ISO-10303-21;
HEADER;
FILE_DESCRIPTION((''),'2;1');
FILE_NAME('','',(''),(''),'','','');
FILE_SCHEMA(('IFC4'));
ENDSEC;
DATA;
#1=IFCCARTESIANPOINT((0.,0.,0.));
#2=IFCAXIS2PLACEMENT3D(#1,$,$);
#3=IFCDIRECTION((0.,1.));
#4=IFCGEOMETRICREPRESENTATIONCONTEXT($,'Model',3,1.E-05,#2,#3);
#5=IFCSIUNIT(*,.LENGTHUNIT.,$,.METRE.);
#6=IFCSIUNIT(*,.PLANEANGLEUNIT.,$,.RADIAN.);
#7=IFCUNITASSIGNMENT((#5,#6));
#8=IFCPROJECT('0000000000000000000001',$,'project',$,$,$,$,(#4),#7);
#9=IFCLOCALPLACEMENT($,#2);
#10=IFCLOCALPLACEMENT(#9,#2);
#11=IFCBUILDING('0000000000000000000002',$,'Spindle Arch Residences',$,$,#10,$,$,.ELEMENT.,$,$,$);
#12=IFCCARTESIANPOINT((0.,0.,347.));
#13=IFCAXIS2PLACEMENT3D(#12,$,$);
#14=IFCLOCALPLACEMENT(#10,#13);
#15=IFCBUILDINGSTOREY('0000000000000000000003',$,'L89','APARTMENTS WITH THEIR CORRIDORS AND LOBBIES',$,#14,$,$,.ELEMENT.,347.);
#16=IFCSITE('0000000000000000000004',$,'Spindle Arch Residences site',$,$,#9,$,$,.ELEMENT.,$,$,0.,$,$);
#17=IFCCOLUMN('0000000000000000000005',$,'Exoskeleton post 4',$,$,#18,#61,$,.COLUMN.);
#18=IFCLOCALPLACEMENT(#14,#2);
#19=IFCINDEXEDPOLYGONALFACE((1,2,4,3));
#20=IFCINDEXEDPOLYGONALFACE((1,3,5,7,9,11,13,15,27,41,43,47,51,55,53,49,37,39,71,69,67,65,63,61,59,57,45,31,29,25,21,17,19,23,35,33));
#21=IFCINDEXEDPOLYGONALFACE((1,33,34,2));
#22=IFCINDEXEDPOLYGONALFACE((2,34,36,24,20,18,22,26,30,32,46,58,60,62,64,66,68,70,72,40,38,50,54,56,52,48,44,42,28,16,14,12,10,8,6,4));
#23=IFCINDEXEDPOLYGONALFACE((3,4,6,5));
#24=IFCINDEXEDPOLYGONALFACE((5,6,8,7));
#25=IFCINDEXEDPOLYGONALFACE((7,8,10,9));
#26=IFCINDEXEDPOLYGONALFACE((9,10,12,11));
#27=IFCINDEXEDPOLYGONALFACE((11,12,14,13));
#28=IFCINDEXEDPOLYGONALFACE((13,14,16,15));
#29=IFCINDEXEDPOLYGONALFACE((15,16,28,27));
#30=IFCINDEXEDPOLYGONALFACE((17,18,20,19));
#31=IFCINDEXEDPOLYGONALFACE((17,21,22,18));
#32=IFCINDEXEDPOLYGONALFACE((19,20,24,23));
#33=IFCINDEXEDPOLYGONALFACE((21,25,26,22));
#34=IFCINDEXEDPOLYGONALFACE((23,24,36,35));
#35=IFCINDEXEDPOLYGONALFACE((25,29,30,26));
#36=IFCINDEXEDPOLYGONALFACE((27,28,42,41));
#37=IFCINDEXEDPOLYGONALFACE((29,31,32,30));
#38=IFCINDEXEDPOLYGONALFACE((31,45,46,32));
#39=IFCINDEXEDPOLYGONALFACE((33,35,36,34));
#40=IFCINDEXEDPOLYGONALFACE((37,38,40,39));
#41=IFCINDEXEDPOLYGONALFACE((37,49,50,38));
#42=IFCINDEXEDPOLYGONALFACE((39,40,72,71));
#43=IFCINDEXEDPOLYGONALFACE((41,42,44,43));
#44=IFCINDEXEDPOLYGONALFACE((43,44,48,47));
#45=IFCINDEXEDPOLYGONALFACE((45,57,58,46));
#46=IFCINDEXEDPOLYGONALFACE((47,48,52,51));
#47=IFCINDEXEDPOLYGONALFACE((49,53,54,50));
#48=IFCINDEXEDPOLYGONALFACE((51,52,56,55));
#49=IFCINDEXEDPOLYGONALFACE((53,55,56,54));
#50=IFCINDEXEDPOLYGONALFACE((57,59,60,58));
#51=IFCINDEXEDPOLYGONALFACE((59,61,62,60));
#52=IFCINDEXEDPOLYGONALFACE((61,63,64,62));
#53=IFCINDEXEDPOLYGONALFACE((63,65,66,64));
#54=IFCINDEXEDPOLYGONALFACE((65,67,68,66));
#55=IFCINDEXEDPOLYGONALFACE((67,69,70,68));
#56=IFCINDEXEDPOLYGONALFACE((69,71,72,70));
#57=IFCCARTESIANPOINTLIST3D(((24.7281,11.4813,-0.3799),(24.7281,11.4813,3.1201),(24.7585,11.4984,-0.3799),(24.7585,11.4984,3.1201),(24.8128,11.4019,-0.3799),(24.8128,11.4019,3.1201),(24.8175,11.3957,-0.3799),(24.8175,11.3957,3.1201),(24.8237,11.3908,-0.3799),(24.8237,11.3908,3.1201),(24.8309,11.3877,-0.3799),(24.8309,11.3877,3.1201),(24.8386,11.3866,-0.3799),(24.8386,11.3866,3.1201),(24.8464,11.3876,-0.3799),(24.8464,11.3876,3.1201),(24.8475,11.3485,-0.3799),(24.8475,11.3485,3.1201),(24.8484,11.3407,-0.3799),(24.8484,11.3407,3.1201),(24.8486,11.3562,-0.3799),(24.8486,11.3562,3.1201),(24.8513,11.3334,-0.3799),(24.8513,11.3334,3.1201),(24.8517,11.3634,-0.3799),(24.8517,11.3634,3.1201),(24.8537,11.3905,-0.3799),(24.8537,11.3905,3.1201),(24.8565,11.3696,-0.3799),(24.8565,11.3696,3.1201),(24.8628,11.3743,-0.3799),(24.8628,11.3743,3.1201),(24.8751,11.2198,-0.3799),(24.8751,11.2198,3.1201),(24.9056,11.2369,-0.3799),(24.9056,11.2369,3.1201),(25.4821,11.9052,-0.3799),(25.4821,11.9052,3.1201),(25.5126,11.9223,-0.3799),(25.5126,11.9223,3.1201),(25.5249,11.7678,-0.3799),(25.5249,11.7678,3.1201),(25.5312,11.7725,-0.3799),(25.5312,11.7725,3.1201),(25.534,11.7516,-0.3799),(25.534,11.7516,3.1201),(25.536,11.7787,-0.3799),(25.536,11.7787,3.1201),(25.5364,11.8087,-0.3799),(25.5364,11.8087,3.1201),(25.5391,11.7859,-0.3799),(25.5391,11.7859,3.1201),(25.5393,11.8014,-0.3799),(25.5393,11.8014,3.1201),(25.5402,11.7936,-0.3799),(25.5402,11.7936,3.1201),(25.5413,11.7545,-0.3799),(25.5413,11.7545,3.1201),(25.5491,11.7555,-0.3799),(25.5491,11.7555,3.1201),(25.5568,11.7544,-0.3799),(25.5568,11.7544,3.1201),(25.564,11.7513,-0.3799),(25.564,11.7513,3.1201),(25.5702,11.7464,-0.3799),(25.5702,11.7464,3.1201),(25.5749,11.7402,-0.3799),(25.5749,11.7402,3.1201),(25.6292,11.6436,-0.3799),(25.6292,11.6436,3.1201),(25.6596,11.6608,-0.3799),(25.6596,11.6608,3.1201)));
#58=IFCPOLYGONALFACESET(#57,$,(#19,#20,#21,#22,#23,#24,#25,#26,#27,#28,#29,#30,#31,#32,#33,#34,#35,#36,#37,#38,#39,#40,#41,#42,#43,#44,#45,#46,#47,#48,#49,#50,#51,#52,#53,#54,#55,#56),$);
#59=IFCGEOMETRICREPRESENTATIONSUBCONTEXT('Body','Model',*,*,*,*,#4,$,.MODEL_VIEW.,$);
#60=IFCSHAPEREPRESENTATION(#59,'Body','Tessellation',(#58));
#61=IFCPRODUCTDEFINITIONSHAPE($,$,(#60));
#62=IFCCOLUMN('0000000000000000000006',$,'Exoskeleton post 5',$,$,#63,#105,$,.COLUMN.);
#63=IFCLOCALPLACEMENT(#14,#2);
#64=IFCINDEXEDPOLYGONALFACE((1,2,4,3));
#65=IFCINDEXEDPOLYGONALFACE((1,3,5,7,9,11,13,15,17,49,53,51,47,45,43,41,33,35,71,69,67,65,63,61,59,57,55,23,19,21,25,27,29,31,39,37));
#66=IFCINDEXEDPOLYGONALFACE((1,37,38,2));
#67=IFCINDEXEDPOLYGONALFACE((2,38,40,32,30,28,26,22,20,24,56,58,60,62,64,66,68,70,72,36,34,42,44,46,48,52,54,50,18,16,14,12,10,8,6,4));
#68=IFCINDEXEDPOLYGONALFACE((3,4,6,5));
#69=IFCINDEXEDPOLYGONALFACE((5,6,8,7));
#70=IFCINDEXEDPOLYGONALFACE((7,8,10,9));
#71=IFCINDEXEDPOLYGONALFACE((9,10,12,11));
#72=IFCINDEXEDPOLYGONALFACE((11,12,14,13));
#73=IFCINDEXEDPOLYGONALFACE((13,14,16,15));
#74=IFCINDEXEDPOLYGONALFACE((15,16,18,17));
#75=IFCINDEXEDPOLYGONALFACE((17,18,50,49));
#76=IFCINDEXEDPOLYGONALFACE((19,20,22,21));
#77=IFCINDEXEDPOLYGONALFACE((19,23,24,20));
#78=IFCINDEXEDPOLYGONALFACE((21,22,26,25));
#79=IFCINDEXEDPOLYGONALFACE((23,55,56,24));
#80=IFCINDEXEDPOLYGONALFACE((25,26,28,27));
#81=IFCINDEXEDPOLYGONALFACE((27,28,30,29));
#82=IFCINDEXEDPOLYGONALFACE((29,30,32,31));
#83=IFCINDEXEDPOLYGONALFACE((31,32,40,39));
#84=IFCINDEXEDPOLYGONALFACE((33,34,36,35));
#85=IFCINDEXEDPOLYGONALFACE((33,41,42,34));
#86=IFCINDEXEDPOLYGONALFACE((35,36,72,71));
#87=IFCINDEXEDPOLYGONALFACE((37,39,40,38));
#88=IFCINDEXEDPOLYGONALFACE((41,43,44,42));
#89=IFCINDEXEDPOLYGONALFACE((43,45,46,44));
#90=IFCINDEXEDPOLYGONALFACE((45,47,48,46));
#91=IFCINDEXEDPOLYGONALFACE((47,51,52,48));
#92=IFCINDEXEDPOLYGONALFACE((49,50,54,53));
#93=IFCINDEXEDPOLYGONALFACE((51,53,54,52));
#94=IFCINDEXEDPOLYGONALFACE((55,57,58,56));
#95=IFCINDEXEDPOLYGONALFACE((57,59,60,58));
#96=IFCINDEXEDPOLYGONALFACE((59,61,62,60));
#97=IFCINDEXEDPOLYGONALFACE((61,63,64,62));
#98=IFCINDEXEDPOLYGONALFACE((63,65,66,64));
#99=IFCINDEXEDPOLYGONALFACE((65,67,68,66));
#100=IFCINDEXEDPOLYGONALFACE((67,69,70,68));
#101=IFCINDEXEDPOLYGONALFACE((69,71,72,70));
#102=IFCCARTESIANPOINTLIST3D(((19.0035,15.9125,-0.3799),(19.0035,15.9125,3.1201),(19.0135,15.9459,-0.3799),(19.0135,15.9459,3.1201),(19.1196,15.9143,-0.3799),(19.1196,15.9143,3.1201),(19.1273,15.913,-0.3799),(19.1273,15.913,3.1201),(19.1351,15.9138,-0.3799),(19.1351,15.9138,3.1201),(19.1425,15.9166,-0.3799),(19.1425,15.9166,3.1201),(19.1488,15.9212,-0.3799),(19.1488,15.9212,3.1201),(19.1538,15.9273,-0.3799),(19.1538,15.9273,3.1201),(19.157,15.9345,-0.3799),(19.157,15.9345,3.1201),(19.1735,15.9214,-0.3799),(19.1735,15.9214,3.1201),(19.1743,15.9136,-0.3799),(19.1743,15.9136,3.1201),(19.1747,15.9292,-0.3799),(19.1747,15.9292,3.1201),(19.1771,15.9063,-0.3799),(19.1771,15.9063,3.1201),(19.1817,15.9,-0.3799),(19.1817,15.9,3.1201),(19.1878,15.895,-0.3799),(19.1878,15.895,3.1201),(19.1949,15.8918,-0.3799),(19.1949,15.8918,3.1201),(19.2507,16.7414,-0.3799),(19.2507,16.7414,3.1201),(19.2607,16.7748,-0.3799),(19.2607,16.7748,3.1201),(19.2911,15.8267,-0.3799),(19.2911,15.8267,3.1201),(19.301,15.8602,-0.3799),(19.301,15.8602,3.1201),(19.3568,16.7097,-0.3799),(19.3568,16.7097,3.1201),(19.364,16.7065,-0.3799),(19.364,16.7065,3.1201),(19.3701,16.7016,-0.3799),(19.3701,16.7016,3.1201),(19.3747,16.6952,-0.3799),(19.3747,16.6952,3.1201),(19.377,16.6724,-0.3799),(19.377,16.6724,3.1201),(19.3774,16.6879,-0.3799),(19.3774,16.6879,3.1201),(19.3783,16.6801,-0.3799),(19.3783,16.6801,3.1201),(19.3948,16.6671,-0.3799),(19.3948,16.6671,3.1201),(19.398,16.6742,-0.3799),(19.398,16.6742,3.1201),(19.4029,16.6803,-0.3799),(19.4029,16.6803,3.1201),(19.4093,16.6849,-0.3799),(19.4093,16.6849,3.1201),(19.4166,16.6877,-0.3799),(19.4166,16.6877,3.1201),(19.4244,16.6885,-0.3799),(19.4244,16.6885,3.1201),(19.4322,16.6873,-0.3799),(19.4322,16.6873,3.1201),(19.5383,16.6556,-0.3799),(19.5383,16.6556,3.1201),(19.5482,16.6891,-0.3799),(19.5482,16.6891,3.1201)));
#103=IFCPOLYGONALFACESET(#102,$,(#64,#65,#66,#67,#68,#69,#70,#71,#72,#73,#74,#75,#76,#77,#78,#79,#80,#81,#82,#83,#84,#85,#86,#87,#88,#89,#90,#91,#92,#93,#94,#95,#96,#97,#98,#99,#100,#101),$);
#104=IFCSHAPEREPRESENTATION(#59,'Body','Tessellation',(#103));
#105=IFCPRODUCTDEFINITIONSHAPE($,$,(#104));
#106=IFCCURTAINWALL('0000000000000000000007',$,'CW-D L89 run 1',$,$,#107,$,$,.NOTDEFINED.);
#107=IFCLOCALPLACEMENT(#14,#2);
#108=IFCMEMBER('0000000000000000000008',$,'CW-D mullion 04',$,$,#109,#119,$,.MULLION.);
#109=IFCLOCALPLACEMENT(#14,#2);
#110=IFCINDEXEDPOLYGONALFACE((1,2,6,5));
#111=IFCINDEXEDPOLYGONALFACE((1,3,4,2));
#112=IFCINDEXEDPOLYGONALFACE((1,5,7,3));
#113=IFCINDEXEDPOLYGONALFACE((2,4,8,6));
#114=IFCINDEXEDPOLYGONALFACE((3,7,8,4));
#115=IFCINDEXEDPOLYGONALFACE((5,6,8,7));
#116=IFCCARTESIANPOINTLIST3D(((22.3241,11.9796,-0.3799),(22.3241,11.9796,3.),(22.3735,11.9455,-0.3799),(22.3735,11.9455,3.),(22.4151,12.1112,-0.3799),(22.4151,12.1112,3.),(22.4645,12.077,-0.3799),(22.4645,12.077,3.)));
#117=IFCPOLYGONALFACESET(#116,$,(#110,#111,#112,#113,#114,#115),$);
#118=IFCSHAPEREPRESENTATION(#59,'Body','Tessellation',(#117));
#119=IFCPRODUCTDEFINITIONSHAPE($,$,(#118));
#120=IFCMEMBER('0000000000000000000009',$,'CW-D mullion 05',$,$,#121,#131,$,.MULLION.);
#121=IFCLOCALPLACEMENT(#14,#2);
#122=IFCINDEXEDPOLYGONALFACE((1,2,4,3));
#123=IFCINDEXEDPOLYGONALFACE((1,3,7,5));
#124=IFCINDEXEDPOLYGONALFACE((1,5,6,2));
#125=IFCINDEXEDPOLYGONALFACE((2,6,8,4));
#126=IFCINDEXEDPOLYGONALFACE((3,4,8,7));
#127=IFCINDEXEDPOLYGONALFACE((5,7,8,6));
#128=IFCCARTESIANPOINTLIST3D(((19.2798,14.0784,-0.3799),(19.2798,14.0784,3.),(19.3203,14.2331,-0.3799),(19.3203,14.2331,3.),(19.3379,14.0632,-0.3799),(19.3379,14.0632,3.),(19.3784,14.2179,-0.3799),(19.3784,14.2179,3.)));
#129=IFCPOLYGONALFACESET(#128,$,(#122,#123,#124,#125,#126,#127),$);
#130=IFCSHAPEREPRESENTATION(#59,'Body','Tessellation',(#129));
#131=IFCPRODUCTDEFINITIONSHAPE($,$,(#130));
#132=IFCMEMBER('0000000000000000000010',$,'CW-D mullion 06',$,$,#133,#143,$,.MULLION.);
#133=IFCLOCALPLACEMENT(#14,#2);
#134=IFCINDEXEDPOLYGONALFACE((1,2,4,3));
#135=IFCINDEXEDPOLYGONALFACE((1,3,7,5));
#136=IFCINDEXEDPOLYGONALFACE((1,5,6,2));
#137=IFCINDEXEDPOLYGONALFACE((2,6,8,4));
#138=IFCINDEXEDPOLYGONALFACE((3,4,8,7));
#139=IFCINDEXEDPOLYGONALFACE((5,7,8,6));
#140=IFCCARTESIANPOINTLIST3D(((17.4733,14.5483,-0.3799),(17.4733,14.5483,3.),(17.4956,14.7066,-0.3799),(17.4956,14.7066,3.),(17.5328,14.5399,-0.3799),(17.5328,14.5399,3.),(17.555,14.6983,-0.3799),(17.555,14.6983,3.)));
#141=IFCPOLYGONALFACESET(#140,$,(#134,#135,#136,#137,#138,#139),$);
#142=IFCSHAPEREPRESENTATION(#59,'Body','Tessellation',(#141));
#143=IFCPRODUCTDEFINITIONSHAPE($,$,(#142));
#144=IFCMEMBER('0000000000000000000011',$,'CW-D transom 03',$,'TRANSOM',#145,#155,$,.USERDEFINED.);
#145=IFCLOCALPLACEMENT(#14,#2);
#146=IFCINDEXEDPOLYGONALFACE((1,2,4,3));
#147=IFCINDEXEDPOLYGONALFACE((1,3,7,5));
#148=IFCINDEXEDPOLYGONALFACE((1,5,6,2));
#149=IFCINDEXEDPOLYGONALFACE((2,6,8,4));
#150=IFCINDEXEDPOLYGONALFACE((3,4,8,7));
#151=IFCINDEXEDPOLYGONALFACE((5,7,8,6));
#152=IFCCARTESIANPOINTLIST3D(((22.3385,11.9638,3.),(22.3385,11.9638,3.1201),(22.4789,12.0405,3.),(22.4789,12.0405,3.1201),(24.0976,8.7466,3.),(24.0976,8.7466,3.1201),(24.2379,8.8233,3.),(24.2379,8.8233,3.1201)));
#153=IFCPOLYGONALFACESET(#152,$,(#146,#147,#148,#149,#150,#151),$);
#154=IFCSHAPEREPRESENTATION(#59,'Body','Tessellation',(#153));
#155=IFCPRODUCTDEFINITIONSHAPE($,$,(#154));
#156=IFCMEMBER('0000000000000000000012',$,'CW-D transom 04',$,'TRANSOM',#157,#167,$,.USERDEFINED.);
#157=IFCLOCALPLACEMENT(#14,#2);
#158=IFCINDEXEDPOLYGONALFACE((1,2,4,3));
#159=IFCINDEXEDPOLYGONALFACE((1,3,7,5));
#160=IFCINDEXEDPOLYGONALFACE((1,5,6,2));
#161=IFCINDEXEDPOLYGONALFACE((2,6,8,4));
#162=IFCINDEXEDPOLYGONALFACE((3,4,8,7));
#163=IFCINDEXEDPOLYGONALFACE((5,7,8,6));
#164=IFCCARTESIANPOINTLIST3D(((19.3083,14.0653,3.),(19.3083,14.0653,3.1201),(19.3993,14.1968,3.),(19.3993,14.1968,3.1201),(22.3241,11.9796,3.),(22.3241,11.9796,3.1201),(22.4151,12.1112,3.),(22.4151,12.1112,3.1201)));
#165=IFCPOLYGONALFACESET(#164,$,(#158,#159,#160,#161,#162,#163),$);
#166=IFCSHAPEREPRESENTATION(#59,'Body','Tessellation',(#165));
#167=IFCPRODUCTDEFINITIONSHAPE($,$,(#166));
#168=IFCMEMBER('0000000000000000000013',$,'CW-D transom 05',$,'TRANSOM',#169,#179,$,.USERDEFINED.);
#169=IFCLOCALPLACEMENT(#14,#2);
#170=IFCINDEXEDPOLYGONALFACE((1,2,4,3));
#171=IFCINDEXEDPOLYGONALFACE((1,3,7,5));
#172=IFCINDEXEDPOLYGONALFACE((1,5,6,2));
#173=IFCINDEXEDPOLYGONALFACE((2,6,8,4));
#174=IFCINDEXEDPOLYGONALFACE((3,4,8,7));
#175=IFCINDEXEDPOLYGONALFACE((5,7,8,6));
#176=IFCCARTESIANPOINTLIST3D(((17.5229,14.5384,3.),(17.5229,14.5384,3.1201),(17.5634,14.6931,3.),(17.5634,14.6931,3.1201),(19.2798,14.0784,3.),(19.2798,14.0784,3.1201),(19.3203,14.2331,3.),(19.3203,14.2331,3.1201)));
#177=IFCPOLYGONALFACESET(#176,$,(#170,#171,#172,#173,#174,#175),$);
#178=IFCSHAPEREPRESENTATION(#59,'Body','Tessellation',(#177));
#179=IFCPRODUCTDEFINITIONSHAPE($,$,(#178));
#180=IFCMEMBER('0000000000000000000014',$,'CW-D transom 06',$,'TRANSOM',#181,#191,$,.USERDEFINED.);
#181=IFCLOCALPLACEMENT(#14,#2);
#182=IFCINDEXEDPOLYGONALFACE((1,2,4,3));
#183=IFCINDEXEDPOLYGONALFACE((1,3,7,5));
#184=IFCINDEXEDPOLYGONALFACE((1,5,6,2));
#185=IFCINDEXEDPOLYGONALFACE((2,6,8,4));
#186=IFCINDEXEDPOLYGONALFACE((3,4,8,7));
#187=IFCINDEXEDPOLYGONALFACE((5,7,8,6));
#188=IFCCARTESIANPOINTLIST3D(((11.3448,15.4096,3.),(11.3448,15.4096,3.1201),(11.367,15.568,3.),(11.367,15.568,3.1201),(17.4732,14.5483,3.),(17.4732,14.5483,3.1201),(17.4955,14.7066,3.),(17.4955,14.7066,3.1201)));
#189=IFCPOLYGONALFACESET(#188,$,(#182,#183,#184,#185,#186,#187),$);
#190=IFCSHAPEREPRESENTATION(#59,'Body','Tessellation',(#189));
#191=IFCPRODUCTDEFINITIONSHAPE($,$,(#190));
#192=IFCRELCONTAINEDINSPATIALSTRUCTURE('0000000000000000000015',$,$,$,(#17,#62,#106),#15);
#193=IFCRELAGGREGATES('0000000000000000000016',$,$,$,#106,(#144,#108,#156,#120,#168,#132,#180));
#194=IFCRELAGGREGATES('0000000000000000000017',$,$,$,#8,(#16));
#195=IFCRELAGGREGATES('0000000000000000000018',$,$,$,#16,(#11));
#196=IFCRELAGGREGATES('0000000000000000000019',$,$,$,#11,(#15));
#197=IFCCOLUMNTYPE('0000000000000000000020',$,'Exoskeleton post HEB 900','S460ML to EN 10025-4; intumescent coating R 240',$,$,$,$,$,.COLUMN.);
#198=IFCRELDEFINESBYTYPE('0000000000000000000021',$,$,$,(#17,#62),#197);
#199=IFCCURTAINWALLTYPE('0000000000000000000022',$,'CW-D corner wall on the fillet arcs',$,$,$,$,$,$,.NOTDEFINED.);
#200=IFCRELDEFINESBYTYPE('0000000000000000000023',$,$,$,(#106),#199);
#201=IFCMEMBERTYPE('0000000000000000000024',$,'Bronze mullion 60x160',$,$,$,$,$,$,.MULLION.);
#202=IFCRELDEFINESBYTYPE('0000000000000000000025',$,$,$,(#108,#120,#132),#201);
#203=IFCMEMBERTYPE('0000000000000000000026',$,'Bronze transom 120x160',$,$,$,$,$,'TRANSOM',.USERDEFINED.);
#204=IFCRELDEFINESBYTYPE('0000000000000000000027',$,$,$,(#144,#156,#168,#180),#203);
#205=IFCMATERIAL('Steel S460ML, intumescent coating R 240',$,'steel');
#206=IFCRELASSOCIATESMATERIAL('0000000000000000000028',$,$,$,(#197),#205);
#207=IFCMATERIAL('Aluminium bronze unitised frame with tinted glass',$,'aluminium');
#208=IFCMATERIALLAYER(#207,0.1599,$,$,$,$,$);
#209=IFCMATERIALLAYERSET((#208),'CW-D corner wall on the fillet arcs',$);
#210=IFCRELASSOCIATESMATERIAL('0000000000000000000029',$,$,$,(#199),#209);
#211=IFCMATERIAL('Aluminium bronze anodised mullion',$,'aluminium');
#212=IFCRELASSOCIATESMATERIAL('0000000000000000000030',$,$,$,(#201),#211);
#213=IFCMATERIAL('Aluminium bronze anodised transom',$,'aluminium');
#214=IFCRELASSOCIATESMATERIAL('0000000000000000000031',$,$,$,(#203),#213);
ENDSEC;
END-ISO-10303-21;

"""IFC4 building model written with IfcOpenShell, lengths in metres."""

from ifc_helpers import new_model, si_unit, direction, frame, origin, origin_2d, place, context, subcontext, project, spatial, rectangle, i_section, extrude, material, layer, layer_set, material_profile, profile_set, type_object, element, aggregate, save


model = new_model("IFC4")

# Units and contexts
model_context = context("Model", 3, precision=1e-05, world=origin(), true_north=direction((0.0, 1.0)))
body_context = subcontext(model_context, "Body", "Model", "MODEL_VIEW")
ifc_project = project(units=[si_unit("LENGTHUNIT", "METRE"), si_unit("PLANEANGLEUNIT", "RADIAN")], contexts=[model_context])

# Site, building, storey
site_placement = place(None, origin())
site = spatial("IfcSite", under=ifc_project, at=site_placement, Name="Spindle Arch Residences site", CompositionType="ELEMENT", RefElevation=0.0)
building_placement = place(site_placement, origin())
building = spatial("IfcBuilding", under=site, at=building_placement, Name="Spindle Arch Residences", CompositionType="ELEMENT")
storey_placement = place(building_placement, frame((0.0, 0.0, 347.0)))
storey = spatial("IfcBuildingStorey", under=building, at=storey_placement, Name="L89", Description="APARTMENTS WITH THEIR CORRIDORS AND LOBBIES", CompositionType="ELEMENT", Elevation=347.0)

# Columns
ifc_material_1 = material(Name="Steel S460ML, intumescent coating R 240", Category="steel")
ifc_material_profile_1 = material_profile(ifc_material_1, i_section(OverallWidth=0.3, OverallDepth=0.8999, WebThickness=0.0186, FlangeThickness=0.0349, FilletRadius=0.03, at=origin_2d()), Name="HEB 900")
ifc_profile_set_1 = profile_set([ifc_material_profile_1], Name="Steel S460ML, intumescent coating R 240")
column_type = type_object("IfcColumnType", Name="Exoskeleton post HEB 900", Description="S460ML to EN 10025-4; intumescent coating R 240", PredefinedType="COLUMN", material=ifc_profile_set_1)
for number, where, z_axis, x_axis, name in (
    (1, (25.1938, 11.571, -0.3799), (0.0, 0.0, 1.0), (0.490024, -0.871709, 0.0), "Exoskeleton post 4"),
    (2, (19.2759, 16.3008, -0.3799), (0.0, 0.0, 1.0), (0.958298, -0.285769, 0.0), "Exoskeleton post 5"),
):
    element("IfcColumn", number, at=place(storey_placement, frame(where, z_axis=z_axis, x_axis=x_axis)), inside=storey, type_object=column_type, Name=name, PredefinedType="COLUMN", context=body_context, shape_type="SweptSolid", body=[
        extrude(i_section(OverallWidth=0.3, OverallDepth=0.8999, WebThickness=0.0186, FlangeThickness=0.0349, FilletRadius=0.03, at=origin_2d()), origin(), (0.0, 0.0, 1.0), 3.5),
    ])

# Curtain wall, members
ifc_material_2 = material(Name="Aluminium bronze unitised frame with tinted glass", Category="aluminium")
ifc_layer_1 = layer(ifc_material_2, 0.1599)
ifc_layer_set_1 = layer_set([ifc_layer_1], Name="CW-D corner wall on the fillet arcs")
curtain_wall_type = type_object("IfcCurtainWallType", Name="CW-D corner wall on the fillet arcs", PredefinedType="NOTDEFINED", material=ifc_layer_set_1)
curtain_wall_placement = place(storey_placement, origin())
curtain_wall = element("IfcCurtainWall", 3, at=curtain_wall_placement, inside=storey, type_object=curtain_wall_type, Name="CW-D L89 run 1", PredefinedType="NOTDEFINED")
ifc_material_3 = material(Name="Aluminium bronze anodised mullion", Category="aluminium")
ifc_material_profile_2 = material_profile(ifc_material_3, rectangle(XDim=0.1599, YDim=0.0601, at=origin_2d()), Name="MU 60x160")
ifc_profile_set_2 = profile_set([ifc_material_profile_2], Name="Aluminium bronze anodised mullion")
member_type_1 = type_object("IfcMemberType", Name="Bronze mullion 60x160", PredefinedType="MULLION", material=ifc_profile_set_2)
member_1_placement = place(storey_placement, frame((22.3943, 12.0283, -0.3799), z_axis=(0.0, 0.0, 1.0), x_axis=(-0.568801, -0.822475, 0.0)))
member_1 = element("IfcMember", 4, at=member_1_placement, type_object=member_type_1, Name="CW-D mullion 04", PredefinedType="MULLION", context=body_context, shape_type="SweptSolid", body=[
    extrude(rectangle(XDim=0.1599, YDim=0.0601, at=origin_2d()), origin(), (0.0, 0.0, 1.0), 3.3799),
])
member_2_placement = place(storey_placement, frame((19.3291, 14.1482, -0.3799), z_axis=(0.0, 0.0, 1.0), x_axis=(-0.253195, -0.967415, 0.0)))
member_2 = element("IfcMember", 5, at=member_2_placement, type_object=member_type_1, Name="CW-D mullion 05", PredefinedType="MULLION", context=body_context, shape_type="SweptSolid", body=[
    extrude(rectangle(XDim=0.1599, YDim=0.0601, at=origin_2d()), origin(), (0.0, 0.0, 1.0), 3.3799),
])
member_3_placement = place(storey_placement, frame((17.5142, 14.6233, -0.3799), z_axis=(0.0, 0.0, 1.0), x_axis=(-0.139173, -0.990268, 0.0)))
member_3 = element("IfcMember", 6, at=member_3_placement, type_object=member_type_1, Name="CW-D mullion 06", PredefinedType="MULLION", context=body_context, shape_type="SweptSolid", body=[
    extrude(rectangle(XDim=0.1599, YDim=0.0601, at=origin_2d()), origin(), (0.0, 0.0, 1.0), 3.3799),
])
ifc_material_4 = material(Name="Aluminium bronze anodised transom", Category="aluminium")
ifc_material_profile_3 = material_profile(ifc_material_4, rectangle(XDim=0.1599, YDim=0.1201, at=origin_2d()), Name="TR 120x160")
ifc_profile_set_3 = profile_set([ifc_material_profile_3], Name="Aluminium bronze anodised transom")
member_type_2 = type_object("IfcMemberType", Name="Bronze transom 120x160", ElementType="TRANSOM", PredefinedType="USERDEFINED", material=ifc_profile_set_3)
member_4_placement = place(storey_placement, frame((24.1677, 8.7849, 3.0601), z_axis=(-0.479724, 0.877419, 0.0), x_axis=(-0.877419, -0.479724, 0.0)))
member_4 = element("IfcMember", 7, at=member_4_placement, type_object=member_type_2, Name="CW-D transom 03", ObjectType="TRANSOM", PredefinedType="USERDEFINED", context=body_context, shape_type="SweptSolid", body=[
    extrude(rectangle(XDim=0.1599, YDim=0.1201, at=origin_2d()), origin(), (0.0, 0.0, 1.0), 3.6667),
])
member_5_placement = place(storey_placement, frame((22.3696, 12.0454, 3.0601), z_axis=(-0.822475, 0.568801, 0.0), x_axis=(-0.568801, -0.822475, 0.0)))
member_5 = element("IfcMember", 8, at=member_5_placement, type_object=member_type_2, Name="CW-D transom 04", ObjectType="TRANSOM", PredefinedType="USERDEFINED", context=body_context, shape_type="SweptSolid", body=[
    extrude(rectangle(XDim=0.1599, YDim=0.1201, at=origin_2d()), origin(), (0.0, 0.0, 1.0), 3.6667),
])
member_6_placement = place(storey_placement, frame((19.3, 14.1558, 3.0601), z_axis=(-0.967394, 0.253276, 0.0), x_axis=(-0.253276, -0.967394, 0.0)))
member_6 = element("IfcMember", 9, at=member_6_placement, type_object=member_type_2, Name="CW-D transom 05", ObjectType="TRANSOM", PredefinedType="USERDEFINED", context=body_context, shape_type="SweptSolid", body=[
    extrude(rectangle(XDim=0.1599, YDim=0.1201, at=origin_2d()), origin(), (0.0, 0.0, 1.0), 1.8162),
])
member_7_placement = place(storey_placement, frame((17.4844, 14.6274, 3.0601), z_axis=(-0.990267, 0.139179, 0.0), x_axis=(-0.139179, -0.990267, 0.0)))
member_7 = element("IfcMember", 10, at=member_7_placement, type_object=member_type_2, Name="CW-D transom 06", ObjectType="TRANSOM", PredefinedType="USERDEFINED", context=body_context, shape_type="SweptSolid", body=[
    extrude(rectangle(XDim=0.1599, YDim=0.1201, at=origin_2d()), origin(), (0.0, 0.0, 1.0), 6.1887),
])

aggregate(curtain_wall, [member_4, member_1, member_5, member_2, member_6, member_3, member_7])

save(model, "model.ifc")
